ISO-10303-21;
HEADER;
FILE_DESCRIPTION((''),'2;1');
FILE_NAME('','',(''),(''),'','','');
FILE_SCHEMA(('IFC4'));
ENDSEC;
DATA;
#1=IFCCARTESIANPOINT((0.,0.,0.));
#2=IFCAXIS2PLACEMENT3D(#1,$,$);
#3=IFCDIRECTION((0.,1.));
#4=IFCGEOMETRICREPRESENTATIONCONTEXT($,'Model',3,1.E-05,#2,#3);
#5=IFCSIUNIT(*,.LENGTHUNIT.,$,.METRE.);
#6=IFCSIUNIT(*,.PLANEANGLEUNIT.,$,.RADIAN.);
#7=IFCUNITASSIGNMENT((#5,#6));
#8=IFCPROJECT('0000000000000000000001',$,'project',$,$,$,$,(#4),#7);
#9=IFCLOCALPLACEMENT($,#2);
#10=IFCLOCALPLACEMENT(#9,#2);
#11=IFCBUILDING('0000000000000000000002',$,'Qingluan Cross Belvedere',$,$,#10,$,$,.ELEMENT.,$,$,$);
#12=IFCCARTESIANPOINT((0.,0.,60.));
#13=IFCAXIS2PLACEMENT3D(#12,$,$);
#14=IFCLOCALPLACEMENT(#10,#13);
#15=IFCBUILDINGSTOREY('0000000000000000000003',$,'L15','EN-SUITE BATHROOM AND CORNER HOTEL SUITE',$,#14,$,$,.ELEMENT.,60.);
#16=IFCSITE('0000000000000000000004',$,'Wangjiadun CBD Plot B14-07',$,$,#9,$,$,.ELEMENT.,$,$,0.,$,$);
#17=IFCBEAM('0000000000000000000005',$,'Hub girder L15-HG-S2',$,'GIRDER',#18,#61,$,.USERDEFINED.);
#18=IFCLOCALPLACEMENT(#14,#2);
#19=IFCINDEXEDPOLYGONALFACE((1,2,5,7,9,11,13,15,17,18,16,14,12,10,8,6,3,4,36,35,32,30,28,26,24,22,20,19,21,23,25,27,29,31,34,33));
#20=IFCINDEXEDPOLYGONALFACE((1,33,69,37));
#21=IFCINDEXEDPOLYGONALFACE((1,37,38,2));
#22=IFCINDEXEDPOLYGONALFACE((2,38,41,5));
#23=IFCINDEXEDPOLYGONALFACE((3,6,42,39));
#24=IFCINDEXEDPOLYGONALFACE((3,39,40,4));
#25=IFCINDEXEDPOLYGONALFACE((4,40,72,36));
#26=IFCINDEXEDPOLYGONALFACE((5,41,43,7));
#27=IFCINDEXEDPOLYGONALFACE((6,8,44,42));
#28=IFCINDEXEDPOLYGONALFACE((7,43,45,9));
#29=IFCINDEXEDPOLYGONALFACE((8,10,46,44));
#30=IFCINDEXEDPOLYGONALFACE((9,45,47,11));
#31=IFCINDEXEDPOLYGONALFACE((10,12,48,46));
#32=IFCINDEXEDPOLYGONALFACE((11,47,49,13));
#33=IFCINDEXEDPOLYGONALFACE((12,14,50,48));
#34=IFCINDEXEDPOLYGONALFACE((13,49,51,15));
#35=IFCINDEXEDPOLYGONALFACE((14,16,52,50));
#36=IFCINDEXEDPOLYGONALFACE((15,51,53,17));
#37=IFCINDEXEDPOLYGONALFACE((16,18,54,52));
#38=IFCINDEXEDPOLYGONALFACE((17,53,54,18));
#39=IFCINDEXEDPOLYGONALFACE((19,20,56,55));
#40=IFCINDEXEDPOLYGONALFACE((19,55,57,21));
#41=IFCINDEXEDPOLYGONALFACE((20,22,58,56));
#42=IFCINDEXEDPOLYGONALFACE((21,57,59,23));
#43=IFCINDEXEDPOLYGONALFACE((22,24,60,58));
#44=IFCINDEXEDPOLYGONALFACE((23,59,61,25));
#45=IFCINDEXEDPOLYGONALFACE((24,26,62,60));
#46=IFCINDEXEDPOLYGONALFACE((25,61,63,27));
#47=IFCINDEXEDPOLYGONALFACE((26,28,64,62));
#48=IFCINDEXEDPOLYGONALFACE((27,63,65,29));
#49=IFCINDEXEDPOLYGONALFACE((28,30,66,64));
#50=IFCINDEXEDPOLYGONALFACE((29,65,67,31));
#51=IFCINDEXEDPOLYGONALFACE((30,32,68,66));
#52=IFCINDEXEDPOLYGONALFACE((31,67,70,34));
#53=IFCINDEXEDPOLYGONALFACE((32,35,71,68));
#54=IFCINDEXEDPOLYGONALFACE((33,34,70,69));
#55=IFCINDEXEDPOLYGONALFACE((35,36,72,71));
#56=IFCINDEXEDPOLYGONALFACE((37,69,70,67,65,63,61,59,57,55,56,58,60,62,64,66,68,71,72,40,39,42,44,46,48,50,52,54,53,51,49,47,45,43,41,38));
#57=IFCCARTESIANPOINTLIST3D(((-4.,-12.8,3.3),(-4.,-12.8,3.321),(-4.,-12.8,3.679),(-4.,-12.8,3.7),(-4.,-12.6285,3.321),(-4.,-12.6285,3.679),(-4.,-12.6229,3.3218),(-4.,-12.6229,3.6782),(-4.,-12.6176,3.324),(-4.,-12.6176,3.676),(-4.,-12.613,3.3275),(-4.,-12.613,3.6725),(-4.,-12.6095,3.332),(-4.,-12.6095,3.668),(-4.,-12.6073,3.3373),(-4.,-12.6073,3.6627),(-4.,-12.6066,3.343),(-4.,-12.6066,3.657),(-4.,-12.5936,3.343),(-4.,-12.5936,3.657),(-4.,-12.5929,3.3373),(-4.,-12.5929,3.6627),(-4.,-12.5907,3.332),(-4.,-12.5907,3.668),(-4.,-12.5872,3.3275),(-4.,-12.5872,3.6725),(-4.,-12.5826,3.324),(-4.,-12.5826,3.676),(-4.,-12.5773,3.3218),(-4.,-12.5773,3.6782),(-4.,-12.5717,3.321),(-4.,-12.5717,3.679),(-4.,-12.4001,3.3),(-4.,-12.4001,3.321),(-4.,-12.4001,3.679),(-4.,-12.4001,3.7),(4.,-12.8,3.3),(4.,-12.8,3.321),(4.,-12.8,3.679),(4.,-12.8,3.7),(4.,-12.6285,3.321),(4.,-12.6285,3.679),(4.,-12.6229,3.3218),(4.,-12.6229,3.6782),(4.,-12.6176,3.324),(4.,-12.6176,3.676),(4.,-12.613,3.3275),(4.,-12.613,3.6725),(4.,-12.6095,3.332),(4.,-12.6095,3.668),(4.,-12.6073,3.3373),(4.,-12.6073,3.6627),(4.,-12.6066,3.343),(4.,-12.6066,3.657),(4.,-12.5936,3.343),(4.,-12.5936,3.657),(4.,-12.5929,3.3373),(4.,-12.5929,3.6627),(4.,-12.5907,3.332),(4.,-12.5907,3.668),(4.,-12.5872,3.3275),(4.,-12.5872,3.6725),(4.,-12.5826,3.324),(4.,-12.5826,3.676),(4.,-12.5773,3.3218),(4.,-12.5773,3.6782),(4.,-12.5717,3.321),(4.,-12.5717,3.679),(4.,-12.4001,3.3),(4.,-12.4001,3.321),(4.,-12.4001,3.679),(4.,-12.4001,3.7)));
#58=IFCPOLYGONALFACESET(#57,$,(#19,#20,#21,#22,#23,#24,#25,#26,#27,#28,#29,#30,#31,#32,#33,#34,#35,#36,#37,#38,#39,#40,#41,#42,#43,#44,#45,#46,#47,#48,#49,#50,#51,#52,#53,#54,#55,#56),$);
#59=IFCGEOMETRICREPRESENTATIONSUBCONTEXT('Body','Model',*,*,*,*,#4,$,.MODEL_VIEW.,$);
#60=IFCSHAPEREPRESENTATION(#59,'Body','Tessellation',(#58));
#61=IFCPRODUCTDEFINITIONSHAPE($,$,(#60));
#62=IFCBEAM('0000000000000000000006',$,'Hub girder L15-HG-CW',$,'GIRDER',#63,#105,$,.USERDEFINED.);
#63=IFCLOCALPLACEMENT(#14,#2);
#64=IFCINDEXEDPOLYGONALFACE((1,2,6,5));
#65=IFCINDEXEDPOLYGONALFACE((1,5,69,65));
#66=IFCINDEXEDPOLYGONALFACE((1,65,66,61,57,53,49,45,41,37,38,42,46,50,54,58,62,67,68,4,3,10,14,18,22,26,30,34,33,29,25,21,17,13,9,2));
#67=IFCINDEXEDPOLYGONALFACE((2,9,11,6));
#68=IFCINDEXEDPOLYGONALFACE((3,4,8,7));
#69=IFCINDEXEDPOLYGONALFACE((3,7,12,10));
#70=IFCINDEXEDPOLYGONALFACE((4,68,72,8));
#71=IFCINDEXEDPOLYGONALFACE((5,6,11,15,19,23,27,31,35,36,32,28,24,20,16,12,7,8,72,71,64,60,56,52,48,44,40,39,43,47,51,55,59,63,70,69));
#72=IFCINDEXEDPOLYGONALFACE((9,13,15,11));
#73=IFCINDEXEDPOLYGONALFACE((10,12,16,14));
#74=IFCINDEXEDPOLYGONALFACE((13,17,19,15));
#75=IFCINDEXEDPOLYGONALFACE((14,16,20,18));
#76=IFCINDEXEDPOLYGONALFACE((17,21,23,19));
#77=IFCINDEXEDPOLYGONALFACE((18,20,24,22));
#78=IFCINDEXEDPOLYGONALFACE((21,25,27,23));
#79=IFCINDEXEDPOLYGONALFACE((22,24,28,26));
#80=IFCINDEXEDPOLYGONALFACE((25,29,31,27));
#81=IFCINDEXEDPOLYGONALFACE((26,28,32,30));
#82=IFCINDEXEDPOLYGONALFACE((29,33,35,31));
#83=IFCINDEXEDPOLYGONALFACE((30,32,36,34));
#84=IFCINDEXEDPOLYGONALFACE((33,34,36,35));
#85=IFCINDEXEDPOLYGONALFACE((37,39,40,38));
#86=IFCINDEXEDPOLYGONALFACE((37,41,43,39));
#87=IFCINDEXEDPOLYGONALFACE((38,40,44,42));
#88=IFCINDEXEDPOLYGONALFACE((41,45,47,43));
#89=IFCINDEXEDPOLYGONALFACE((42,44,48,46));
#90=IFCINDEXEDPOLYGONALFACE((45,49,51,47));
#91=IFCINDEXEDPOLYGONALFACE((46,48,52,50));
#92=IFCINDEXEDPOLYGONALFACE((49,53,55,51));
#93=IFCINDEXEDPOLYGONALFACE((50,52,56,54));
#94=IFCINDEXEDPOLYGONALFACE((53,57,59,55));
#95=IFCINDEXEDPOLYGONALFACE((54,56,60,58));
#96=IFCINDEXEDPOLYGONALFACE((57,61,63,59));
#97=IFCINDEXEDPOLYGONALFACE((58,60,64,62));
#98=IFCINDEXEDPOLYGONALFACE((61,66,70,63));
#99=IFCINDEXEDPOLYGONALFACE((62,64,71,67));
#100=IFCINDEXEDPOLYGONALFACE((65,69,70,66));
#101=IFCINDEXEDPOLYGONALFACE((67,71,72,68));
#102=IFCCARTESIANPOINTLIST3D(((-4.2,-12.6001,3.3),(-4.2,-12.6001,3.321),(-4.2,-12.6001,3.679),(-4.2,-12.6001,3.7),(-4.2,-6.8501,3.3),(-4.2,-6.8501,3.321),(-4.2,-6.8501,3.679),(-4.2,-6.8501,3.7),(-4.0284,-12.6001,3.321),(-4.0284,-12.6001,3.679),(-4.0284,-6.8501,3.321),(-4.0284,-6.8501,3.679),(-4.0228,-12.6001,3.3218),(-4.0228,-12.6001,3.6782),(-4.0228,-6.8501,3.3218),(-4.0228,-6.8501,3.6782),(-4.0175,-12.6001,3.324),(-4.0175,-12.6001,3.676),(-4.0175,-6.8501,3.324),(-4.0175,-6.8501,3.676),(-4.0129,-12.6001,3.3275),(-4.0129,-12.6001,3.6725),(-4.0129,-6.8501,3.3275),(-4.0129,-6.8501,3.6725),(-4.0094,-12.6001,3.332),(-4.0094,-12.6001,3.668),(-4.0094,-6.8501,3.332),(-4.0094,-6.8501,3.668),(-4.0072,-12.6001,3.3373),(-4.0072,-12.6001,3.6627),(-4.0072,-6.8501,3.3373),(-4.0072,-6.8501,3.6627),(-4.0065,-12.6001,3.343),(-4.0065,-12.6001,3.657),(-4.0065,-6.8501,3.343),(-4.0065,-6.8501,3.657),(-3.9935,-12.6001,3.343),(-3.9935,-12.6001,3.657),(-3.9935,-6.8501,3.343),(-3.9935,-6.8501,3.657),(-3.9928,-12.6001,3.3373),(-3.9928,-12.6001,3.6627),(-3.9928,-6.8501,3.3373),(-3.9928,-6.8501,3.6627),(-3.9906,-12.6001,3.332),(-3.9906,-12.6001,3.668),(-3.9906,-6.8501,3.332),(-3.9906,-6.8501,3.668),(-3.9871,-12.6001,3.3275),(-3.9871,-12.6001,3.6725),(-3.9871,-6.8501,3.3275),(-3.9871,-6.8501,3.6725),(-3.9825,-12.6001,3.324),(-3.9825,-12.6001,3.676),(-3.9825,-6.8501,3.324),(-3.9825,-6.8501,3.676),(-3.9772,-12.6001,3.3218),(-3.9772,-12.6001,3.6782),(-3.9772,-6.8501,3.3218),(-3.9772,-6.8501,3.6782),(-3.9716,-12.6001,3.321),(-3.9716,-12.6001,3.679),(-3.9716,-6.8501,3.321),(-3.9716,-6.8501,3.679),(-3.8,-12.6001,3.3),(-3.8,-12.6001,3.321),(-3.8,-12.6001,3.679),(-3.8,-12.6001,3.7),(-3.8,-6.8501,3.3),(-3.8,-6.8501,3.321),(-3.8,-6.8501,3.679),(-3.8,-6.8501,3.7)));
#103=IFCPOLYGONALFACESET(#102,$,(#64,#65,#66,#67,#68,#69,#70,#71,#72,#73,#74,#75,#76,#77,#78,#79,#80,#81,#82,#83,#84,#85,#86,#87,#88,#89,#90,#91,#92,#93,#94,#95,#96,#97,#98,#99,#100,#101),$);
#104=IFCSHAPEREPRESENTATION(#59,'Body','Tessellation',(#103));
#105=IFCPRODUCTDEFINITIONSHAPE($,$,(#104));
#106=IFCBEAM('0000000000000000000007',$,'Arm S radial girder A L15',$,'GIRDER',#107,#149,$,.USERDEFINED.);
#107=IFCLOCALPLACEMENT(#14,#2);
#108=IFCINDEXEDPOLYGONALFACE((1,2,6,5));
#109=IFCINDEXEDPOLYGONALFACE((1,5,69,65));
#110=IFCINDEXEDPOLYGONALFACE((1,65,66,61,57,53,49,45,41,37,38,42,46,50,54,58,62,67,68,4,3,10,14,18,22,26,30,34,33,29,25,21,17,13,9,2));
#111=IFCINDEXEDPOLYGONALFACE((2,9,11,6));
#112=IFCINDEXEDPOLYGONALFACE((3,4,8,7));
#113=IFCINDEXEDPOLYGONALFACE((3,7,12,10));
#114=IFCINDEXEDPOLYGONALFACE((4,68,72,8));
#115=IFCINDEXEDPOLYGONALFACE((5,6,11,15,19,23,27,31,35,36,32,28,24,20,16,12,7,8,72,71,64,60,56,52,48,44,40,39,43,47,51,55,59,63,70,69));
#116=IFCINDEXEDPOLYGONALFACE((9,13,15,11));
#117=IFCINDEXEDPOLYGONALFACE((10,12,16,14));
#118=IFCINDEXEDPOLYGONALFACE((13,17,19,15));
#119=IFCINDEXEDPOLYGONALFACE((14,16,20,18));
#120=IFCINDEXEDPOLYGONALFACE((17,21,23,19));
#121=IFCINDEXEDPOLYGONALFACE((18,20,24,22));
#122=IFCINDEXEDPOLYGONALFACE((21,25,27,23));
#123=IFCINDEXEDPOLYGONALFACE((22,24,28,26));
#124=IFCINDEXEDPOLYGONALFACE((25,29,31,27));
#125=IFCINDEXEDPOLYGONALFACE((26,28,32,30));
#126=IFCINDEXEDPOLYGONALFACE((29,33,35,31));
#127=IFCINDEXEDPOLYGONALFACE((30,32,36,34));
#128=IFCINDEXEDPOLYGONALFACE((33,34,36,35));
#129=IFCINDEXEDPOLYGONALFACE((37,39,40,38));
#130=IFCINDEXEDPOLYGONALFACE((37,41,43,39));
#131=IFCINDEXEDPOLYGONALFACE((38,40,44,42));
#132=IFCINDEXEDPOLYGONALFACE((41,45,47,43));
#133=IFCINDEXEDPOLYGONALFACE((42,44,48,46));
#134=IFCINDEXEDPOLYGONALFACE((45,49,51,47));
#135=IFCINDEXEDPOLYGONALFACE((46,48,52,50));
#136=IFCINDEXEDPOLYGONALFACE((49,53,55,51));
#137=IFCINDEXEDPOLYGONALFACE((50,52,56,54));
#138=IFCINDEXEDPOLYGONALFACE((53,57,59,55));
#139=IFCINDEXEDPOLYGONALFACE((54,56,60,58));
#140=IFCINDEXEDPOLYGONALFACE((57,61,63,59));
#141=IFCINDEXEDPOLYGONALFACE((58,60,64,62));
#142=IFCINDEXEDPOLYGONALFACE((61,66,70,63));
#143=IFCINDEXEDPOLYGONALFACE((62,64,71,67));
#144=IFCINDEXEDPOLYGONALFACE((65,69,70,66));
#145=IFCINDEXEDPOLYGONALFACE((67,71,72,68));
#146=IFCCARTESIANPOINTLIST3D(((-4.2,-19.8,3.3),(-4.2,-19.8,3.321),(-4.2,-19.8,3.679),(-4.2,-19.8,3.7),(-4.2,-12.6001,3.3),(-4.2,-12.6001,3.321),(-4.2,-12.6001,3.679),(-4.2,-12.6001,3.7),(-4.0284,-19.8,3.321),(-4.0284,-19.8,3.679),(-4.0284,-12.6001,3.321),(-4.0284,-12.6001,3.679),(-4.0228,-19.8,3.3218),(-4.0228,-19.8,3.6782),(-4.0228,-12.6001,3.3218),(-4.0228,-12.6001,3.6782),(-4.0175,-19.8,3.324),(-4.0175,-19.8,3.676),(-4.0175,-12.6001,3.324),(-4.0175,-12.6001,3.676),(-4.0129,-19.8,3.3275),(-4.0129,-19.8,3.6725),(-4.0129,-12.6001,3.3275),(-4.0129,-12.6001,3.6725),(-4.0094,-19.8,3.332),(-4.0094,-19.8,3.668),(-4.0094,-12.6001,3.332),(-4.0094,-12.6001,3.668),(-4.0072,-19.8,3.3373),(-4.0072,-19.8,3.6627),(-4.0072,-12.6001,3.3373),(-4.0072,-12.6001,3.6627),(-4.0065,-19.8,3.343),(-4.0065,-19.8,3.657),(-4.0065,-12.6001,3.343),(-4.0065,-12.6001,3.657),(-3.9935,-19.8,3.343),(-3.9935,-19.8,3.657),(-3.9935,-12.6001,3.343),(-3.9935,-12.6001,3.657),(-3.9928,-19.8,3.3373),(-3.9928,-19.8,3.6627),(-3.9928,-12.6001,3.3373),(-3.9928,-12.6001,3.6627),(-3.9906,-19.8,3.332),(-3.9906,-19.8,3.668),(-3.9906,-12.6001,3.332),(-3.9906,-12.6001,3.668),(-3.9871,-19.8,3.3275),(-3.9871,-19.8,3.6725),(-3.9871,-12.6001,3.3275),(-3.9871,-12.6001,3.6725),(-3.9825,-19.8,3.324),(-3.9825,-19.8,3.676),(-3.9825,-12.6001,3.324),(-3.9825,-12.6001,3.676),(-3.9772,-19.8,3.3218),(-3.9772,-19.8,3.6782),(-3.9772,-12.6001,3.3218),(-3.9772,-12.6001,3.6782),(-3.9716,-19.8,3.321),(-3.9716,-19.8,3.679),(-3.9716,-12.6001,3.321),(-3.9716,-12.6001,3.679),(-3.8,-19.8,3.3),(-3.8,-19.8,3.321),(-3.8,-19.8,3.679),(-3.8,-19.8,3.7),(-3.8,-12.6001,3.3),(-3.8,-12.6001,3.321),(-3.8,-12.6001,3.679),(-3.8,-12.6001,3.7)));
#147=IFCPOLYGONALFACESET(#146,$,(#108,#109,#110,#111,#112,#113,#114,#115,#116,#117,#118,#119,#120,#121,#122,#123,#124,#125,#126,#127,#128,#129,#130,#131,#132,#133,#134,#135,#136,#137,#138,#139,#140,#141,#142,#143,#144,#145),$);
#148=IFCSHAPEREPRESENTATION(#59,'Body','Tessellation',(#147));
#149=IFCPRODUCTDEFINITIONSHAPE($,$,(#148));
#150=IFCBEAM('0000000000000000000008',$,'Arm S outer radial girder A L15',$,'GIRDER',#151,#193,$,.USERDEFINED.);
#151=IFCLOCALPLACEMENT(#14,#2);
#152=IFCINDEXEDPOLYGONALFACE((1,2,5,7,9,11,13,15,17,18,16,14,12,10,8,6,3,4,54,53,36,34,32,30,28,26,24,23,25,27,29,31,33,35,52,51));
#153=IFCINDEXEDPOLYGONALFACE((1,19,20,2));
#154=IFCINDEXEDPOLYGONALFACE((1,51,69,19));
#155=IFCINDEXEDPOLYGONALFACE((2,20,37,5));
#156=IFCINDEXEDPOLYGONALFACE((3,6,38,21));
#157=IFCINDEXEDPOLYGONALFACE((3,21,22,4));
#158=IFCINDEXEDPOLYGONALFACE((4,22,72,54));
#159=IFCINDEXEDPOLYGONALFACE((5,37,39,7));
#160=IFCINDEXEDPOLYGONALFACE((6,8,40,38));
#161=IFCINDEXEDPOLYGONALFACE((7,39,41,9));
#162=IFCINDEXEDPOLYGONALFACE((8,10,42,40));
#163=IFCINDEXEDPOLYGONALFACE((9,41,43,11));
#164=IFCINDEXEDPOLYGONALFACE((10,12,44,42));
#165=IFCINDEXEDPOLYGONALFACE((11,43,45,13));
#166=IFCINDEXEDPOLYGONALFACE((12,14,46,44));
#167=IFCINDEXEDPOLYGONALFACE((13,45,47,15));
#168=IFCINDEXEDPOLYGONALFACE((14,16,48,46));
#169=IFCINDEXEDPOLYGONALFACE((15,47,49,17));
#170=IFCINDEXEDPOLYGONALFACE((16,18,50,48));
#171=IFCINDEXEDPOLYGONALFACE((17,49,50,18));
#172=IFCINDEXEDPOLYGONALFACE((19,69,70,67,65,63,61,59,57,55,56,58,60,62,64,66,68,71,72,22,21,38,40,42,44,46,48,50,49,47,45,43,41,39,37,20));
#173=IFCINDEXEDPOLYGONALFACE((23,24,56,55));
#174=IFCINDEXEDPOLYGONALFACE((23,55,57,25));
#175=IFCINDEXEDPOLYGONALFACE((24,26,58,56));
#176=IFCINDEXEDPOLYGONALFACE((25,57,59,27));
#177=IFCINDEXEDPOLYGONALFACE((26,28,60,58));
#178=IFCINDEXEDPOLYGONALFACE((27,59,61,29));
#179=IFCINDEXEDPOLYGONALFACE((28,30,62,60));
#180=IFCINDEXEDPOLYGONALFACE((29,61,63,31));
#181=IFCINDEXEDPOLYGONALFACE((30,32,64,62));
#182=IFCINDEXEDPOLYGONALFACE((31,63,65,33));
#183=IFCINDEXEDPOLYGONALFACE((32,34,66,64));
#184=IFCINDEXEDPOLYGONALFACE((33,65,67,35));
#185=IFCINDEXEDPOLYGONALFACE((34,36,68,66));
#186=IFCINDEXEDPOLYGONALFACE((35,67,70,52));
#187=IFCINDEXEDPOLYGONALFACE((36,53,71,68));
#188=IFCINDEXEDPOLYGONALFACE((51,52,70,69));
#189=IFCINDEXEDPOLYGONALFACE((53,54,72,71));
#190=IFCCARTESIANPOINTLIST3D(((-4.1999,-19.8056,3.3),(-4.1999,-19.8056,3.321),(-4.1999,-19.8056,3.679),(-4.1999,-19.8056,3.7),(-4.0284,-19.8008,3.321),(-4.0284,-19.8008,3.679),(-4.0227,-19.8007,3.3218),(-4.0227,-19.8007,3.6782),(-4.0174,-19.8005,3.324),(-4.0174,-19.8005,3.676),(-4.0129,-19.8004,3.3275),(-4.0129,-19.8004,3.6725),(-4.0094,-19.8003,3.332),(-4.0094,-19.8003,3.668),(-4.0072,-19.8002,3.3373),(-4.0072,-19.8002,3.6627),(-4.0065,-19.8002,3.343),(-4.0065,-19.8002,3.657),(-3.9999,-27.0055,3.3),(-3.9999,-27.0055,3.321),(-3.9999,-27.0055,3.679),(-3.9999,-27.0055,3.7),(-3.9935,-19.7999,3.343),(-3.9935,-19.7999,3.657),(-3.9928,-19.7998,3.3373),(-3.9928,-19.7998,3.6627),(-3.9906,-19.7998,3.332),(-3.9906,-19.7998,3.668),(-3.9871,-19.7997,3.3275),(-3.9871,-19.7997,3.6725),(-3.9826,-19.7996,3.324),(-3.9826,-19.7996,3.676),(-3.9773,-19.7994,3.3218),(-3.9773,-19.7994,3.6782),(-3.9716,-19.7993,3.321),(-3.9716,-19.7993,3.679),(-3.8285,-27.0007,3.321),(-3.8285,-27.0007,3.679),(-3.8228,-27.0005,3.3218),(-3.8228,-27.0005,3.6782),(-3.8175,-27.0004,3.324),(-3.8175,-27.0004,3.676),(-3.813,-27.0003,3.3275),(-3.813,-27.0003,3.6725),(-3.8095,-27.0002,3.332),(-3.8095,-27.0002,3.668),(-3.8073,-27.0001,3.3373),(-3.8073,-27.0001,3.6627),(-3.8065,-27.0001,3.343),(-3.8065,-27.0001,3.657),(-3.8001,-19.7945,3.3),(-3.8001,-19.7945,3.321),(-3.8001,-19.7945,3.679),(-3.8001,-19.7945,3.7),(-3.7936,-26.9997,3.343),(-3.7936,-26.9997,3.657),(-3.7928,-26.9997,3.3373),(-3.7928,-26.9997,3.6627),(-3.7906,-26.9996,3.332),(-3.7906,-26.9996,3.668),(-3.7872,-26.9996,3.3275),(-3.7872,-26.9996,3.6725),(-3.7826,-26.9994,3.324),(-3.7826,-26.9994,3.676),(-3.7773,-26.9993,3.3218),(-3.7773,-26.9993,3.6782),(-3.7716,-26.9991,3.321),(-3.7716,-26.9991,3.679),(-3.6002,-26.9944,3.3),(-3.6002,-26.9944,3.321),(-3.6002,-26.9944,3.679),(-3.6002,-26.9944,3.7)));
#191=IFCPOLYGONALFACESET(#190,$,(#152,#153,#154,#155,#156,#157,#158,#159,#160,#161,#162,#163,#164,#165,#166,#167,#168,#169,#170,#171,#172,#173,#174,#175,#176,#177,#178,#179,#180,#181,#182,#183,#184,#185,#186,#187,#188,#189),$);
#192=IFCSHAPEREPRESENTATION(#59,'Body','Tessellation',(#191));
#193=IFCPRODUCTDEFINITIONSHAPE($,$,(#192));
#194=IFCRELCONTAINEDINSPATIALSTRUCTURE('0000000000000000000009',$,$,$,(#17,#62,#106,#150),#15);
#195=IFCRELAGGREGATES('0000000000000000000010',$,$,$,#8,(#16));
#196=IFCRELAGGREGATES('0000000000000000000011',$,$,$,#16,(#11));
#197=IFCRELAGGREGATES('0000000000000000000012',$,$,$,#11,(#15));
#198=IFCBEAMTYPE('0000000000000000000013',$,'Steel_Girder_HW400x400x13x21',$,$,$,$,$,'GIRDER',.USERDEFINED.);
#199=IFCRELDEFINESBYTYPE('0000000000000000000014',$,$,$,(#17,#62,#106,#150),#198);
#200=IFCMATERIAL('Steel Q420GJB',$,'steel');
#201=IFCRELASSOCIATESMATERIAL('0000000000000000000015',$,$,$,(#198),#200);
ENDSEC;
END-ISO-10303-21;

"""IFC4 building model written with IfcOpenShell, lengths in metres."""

from ifc_helpers import new_model, si_unit, direction, frame, origin, origin_2d, place, context, subcontext, project, spatial, i_section, extrude, material, material_profile, profile_set, type_object, element, save


model = new_model("IFC4")

# Units and contexts
model_context = context("Model", 3, precision=1e-05, world=origin(), true_north=direction((0.0, 1.0)))
body_context = subcontext(model_context, "Body", "Model", "MODEL_VIEW")
ifc_project = project(units=[si_unit("LENGTHUNIT", "METRE"), si_unit("PLANEANGLEUNIT", "RADIAN")], contexts=[model_context])

# Site, building, storey
site_placement = place(None, origin())
site = spatial("IfcSite", under=ifc_project, at=site_placement, Name="Wangjiadun CBD Plot B14-07", CompositionType="ELEMENT", RefElevation=0.0)
building_placement = place(site_placement, origin())
building = spatial("IfcBuilding", under=site, at=building_placement, Name="Qingluan Cross Belvedere", CompositionType="ELEMENT")
storey_placement = place(building_placement, frame((0.0, 0.0, 60.0)))
storey = spatial("IfcBuildingStorey", under=building, at=storey_placement, Name="L15", Description="EN-SUITE BATHROOM AND CORNER HOTEL SUITE", CompositionType="ELEMENT", Elevation=60.0)

# Beams
ifc_material_1 = material(Name="Steel Q420GJB", Category="steel")
ifc_material_profile_1 = material_profile(ifc_material_1, i_section(OverallWidth=0.3999, OverallDepth=0.3999, WebThickness=0.0129, FlangeThickness=0.021, FilletRadius=0.022, at=origin_2d()), Name="HW400x400x13x21")
ifc_profile_set_1 = profile_set([ifc_material_profile_1], Name="Steel Q420GJB")
beam_type_1 = type_object("IfcBeamType", Name="Steel_Girder_HW400x400x13x21", ElementType="GIRDER", PredefinedType="USERDEFINED", material=ifc_profile_set_1)
beam_1_placement = place(storey_placement, frame((-4.0, -12.6001, 3.5), z_axis=(1.0, 0.0, 0.0), x_axis=(0.0, 1.0, 0.0)))
element("IfcBeam", 1, at=beam_1_placement, inside=storey, type_object=beam_type_1, Name="Hub girder L15-HG-S2", ObjectType="GIRDER", PredefinedType="USERDEFINED", context=body_context, shape_type="SweptSolid", body=[
    extrude(i_section(OverallWidth=0.3999, OverallDepth=0.3999, WebThickness=0.0129, FlangeThickness=0.021, FilletRadius=0.022, at=origin_2d()), origin(), (0.0, 0.0, 1.0), 8.0),
])
beam_2_placement = place(storey_placement, frame((-4.0, -12.6001, 3.5), z_axis=(0.0, 1.0, 0.0), x_axis=(-1.0, 0.0, 0.0)))
element("IfcBeam", 2, at=beam_2_placement, inside=storey, type_object=beam_type_1, Name="Hub girder L15-HG-CW", ObjectType="GIRDER", PredefinedType="USERDEFINED", context=body_context, shape_type="SweptSolid", body=[
    extrude(i_section(OverallWidth=0.3999, OverallDepth=0.3999, WebThickness=0.0129, FlangeThickness=0.021, FilletRadius=0.022, at=origin_2d()), origin(), (0.0, 0.0, 1.0), 5.75),
])
beam_3_placement = place(storey_placement, frame((-4.0, -12.6001, 3.5), z_axis=(0.0, -1.0, 0.0), x_axis=(1.0, 0.0, 0.0)))
element("IfcBeam", 3, at=beam_3_placement, inside=storey, type_object=beam_type_1, Name="Arm S radial girder A L15", ObjectType="GIRDER", PredefinedType="USERDEFINED", context=body_context, shape_type="SweptSolid", body=[
    extrude(i_section(OverallWidth=0.3999, OverallDepth=0.3999, WebThickness=0.0129, FlangeThickness=0.021, FilletRadius=0.022, at=origin_2d()), origin(), (0.0, 0.0, 1.0), 7.2),
])
beam_4_placement = place(storey_placement, frame((-4.0, -19.8, 3.5), z_axis=(0.02776, -0.999615, 0.0), x_axis=(0.999615, 0.02776, 0.0)))
element("IfcBeam", 4, at=beam_4_placement, inside=storey, type_object=beam_type_1, Name="Arm S outer radial girder A L15", ObjectType="GIRDER", PredefinedType="USERDEFINED", context=body_context, shape_type="SweptSolid", body=[
    extrude(i_section(OverallWidth=0.3999, OverallDepth=0.3999, WebThickness=0.0129, FlangeThickness=0.021, FilletRadius=0.022, at=origin_2d()), origin(), (0.0, 0.0, 1.0), 7.2026),
])

save(model, "model.ifc")
